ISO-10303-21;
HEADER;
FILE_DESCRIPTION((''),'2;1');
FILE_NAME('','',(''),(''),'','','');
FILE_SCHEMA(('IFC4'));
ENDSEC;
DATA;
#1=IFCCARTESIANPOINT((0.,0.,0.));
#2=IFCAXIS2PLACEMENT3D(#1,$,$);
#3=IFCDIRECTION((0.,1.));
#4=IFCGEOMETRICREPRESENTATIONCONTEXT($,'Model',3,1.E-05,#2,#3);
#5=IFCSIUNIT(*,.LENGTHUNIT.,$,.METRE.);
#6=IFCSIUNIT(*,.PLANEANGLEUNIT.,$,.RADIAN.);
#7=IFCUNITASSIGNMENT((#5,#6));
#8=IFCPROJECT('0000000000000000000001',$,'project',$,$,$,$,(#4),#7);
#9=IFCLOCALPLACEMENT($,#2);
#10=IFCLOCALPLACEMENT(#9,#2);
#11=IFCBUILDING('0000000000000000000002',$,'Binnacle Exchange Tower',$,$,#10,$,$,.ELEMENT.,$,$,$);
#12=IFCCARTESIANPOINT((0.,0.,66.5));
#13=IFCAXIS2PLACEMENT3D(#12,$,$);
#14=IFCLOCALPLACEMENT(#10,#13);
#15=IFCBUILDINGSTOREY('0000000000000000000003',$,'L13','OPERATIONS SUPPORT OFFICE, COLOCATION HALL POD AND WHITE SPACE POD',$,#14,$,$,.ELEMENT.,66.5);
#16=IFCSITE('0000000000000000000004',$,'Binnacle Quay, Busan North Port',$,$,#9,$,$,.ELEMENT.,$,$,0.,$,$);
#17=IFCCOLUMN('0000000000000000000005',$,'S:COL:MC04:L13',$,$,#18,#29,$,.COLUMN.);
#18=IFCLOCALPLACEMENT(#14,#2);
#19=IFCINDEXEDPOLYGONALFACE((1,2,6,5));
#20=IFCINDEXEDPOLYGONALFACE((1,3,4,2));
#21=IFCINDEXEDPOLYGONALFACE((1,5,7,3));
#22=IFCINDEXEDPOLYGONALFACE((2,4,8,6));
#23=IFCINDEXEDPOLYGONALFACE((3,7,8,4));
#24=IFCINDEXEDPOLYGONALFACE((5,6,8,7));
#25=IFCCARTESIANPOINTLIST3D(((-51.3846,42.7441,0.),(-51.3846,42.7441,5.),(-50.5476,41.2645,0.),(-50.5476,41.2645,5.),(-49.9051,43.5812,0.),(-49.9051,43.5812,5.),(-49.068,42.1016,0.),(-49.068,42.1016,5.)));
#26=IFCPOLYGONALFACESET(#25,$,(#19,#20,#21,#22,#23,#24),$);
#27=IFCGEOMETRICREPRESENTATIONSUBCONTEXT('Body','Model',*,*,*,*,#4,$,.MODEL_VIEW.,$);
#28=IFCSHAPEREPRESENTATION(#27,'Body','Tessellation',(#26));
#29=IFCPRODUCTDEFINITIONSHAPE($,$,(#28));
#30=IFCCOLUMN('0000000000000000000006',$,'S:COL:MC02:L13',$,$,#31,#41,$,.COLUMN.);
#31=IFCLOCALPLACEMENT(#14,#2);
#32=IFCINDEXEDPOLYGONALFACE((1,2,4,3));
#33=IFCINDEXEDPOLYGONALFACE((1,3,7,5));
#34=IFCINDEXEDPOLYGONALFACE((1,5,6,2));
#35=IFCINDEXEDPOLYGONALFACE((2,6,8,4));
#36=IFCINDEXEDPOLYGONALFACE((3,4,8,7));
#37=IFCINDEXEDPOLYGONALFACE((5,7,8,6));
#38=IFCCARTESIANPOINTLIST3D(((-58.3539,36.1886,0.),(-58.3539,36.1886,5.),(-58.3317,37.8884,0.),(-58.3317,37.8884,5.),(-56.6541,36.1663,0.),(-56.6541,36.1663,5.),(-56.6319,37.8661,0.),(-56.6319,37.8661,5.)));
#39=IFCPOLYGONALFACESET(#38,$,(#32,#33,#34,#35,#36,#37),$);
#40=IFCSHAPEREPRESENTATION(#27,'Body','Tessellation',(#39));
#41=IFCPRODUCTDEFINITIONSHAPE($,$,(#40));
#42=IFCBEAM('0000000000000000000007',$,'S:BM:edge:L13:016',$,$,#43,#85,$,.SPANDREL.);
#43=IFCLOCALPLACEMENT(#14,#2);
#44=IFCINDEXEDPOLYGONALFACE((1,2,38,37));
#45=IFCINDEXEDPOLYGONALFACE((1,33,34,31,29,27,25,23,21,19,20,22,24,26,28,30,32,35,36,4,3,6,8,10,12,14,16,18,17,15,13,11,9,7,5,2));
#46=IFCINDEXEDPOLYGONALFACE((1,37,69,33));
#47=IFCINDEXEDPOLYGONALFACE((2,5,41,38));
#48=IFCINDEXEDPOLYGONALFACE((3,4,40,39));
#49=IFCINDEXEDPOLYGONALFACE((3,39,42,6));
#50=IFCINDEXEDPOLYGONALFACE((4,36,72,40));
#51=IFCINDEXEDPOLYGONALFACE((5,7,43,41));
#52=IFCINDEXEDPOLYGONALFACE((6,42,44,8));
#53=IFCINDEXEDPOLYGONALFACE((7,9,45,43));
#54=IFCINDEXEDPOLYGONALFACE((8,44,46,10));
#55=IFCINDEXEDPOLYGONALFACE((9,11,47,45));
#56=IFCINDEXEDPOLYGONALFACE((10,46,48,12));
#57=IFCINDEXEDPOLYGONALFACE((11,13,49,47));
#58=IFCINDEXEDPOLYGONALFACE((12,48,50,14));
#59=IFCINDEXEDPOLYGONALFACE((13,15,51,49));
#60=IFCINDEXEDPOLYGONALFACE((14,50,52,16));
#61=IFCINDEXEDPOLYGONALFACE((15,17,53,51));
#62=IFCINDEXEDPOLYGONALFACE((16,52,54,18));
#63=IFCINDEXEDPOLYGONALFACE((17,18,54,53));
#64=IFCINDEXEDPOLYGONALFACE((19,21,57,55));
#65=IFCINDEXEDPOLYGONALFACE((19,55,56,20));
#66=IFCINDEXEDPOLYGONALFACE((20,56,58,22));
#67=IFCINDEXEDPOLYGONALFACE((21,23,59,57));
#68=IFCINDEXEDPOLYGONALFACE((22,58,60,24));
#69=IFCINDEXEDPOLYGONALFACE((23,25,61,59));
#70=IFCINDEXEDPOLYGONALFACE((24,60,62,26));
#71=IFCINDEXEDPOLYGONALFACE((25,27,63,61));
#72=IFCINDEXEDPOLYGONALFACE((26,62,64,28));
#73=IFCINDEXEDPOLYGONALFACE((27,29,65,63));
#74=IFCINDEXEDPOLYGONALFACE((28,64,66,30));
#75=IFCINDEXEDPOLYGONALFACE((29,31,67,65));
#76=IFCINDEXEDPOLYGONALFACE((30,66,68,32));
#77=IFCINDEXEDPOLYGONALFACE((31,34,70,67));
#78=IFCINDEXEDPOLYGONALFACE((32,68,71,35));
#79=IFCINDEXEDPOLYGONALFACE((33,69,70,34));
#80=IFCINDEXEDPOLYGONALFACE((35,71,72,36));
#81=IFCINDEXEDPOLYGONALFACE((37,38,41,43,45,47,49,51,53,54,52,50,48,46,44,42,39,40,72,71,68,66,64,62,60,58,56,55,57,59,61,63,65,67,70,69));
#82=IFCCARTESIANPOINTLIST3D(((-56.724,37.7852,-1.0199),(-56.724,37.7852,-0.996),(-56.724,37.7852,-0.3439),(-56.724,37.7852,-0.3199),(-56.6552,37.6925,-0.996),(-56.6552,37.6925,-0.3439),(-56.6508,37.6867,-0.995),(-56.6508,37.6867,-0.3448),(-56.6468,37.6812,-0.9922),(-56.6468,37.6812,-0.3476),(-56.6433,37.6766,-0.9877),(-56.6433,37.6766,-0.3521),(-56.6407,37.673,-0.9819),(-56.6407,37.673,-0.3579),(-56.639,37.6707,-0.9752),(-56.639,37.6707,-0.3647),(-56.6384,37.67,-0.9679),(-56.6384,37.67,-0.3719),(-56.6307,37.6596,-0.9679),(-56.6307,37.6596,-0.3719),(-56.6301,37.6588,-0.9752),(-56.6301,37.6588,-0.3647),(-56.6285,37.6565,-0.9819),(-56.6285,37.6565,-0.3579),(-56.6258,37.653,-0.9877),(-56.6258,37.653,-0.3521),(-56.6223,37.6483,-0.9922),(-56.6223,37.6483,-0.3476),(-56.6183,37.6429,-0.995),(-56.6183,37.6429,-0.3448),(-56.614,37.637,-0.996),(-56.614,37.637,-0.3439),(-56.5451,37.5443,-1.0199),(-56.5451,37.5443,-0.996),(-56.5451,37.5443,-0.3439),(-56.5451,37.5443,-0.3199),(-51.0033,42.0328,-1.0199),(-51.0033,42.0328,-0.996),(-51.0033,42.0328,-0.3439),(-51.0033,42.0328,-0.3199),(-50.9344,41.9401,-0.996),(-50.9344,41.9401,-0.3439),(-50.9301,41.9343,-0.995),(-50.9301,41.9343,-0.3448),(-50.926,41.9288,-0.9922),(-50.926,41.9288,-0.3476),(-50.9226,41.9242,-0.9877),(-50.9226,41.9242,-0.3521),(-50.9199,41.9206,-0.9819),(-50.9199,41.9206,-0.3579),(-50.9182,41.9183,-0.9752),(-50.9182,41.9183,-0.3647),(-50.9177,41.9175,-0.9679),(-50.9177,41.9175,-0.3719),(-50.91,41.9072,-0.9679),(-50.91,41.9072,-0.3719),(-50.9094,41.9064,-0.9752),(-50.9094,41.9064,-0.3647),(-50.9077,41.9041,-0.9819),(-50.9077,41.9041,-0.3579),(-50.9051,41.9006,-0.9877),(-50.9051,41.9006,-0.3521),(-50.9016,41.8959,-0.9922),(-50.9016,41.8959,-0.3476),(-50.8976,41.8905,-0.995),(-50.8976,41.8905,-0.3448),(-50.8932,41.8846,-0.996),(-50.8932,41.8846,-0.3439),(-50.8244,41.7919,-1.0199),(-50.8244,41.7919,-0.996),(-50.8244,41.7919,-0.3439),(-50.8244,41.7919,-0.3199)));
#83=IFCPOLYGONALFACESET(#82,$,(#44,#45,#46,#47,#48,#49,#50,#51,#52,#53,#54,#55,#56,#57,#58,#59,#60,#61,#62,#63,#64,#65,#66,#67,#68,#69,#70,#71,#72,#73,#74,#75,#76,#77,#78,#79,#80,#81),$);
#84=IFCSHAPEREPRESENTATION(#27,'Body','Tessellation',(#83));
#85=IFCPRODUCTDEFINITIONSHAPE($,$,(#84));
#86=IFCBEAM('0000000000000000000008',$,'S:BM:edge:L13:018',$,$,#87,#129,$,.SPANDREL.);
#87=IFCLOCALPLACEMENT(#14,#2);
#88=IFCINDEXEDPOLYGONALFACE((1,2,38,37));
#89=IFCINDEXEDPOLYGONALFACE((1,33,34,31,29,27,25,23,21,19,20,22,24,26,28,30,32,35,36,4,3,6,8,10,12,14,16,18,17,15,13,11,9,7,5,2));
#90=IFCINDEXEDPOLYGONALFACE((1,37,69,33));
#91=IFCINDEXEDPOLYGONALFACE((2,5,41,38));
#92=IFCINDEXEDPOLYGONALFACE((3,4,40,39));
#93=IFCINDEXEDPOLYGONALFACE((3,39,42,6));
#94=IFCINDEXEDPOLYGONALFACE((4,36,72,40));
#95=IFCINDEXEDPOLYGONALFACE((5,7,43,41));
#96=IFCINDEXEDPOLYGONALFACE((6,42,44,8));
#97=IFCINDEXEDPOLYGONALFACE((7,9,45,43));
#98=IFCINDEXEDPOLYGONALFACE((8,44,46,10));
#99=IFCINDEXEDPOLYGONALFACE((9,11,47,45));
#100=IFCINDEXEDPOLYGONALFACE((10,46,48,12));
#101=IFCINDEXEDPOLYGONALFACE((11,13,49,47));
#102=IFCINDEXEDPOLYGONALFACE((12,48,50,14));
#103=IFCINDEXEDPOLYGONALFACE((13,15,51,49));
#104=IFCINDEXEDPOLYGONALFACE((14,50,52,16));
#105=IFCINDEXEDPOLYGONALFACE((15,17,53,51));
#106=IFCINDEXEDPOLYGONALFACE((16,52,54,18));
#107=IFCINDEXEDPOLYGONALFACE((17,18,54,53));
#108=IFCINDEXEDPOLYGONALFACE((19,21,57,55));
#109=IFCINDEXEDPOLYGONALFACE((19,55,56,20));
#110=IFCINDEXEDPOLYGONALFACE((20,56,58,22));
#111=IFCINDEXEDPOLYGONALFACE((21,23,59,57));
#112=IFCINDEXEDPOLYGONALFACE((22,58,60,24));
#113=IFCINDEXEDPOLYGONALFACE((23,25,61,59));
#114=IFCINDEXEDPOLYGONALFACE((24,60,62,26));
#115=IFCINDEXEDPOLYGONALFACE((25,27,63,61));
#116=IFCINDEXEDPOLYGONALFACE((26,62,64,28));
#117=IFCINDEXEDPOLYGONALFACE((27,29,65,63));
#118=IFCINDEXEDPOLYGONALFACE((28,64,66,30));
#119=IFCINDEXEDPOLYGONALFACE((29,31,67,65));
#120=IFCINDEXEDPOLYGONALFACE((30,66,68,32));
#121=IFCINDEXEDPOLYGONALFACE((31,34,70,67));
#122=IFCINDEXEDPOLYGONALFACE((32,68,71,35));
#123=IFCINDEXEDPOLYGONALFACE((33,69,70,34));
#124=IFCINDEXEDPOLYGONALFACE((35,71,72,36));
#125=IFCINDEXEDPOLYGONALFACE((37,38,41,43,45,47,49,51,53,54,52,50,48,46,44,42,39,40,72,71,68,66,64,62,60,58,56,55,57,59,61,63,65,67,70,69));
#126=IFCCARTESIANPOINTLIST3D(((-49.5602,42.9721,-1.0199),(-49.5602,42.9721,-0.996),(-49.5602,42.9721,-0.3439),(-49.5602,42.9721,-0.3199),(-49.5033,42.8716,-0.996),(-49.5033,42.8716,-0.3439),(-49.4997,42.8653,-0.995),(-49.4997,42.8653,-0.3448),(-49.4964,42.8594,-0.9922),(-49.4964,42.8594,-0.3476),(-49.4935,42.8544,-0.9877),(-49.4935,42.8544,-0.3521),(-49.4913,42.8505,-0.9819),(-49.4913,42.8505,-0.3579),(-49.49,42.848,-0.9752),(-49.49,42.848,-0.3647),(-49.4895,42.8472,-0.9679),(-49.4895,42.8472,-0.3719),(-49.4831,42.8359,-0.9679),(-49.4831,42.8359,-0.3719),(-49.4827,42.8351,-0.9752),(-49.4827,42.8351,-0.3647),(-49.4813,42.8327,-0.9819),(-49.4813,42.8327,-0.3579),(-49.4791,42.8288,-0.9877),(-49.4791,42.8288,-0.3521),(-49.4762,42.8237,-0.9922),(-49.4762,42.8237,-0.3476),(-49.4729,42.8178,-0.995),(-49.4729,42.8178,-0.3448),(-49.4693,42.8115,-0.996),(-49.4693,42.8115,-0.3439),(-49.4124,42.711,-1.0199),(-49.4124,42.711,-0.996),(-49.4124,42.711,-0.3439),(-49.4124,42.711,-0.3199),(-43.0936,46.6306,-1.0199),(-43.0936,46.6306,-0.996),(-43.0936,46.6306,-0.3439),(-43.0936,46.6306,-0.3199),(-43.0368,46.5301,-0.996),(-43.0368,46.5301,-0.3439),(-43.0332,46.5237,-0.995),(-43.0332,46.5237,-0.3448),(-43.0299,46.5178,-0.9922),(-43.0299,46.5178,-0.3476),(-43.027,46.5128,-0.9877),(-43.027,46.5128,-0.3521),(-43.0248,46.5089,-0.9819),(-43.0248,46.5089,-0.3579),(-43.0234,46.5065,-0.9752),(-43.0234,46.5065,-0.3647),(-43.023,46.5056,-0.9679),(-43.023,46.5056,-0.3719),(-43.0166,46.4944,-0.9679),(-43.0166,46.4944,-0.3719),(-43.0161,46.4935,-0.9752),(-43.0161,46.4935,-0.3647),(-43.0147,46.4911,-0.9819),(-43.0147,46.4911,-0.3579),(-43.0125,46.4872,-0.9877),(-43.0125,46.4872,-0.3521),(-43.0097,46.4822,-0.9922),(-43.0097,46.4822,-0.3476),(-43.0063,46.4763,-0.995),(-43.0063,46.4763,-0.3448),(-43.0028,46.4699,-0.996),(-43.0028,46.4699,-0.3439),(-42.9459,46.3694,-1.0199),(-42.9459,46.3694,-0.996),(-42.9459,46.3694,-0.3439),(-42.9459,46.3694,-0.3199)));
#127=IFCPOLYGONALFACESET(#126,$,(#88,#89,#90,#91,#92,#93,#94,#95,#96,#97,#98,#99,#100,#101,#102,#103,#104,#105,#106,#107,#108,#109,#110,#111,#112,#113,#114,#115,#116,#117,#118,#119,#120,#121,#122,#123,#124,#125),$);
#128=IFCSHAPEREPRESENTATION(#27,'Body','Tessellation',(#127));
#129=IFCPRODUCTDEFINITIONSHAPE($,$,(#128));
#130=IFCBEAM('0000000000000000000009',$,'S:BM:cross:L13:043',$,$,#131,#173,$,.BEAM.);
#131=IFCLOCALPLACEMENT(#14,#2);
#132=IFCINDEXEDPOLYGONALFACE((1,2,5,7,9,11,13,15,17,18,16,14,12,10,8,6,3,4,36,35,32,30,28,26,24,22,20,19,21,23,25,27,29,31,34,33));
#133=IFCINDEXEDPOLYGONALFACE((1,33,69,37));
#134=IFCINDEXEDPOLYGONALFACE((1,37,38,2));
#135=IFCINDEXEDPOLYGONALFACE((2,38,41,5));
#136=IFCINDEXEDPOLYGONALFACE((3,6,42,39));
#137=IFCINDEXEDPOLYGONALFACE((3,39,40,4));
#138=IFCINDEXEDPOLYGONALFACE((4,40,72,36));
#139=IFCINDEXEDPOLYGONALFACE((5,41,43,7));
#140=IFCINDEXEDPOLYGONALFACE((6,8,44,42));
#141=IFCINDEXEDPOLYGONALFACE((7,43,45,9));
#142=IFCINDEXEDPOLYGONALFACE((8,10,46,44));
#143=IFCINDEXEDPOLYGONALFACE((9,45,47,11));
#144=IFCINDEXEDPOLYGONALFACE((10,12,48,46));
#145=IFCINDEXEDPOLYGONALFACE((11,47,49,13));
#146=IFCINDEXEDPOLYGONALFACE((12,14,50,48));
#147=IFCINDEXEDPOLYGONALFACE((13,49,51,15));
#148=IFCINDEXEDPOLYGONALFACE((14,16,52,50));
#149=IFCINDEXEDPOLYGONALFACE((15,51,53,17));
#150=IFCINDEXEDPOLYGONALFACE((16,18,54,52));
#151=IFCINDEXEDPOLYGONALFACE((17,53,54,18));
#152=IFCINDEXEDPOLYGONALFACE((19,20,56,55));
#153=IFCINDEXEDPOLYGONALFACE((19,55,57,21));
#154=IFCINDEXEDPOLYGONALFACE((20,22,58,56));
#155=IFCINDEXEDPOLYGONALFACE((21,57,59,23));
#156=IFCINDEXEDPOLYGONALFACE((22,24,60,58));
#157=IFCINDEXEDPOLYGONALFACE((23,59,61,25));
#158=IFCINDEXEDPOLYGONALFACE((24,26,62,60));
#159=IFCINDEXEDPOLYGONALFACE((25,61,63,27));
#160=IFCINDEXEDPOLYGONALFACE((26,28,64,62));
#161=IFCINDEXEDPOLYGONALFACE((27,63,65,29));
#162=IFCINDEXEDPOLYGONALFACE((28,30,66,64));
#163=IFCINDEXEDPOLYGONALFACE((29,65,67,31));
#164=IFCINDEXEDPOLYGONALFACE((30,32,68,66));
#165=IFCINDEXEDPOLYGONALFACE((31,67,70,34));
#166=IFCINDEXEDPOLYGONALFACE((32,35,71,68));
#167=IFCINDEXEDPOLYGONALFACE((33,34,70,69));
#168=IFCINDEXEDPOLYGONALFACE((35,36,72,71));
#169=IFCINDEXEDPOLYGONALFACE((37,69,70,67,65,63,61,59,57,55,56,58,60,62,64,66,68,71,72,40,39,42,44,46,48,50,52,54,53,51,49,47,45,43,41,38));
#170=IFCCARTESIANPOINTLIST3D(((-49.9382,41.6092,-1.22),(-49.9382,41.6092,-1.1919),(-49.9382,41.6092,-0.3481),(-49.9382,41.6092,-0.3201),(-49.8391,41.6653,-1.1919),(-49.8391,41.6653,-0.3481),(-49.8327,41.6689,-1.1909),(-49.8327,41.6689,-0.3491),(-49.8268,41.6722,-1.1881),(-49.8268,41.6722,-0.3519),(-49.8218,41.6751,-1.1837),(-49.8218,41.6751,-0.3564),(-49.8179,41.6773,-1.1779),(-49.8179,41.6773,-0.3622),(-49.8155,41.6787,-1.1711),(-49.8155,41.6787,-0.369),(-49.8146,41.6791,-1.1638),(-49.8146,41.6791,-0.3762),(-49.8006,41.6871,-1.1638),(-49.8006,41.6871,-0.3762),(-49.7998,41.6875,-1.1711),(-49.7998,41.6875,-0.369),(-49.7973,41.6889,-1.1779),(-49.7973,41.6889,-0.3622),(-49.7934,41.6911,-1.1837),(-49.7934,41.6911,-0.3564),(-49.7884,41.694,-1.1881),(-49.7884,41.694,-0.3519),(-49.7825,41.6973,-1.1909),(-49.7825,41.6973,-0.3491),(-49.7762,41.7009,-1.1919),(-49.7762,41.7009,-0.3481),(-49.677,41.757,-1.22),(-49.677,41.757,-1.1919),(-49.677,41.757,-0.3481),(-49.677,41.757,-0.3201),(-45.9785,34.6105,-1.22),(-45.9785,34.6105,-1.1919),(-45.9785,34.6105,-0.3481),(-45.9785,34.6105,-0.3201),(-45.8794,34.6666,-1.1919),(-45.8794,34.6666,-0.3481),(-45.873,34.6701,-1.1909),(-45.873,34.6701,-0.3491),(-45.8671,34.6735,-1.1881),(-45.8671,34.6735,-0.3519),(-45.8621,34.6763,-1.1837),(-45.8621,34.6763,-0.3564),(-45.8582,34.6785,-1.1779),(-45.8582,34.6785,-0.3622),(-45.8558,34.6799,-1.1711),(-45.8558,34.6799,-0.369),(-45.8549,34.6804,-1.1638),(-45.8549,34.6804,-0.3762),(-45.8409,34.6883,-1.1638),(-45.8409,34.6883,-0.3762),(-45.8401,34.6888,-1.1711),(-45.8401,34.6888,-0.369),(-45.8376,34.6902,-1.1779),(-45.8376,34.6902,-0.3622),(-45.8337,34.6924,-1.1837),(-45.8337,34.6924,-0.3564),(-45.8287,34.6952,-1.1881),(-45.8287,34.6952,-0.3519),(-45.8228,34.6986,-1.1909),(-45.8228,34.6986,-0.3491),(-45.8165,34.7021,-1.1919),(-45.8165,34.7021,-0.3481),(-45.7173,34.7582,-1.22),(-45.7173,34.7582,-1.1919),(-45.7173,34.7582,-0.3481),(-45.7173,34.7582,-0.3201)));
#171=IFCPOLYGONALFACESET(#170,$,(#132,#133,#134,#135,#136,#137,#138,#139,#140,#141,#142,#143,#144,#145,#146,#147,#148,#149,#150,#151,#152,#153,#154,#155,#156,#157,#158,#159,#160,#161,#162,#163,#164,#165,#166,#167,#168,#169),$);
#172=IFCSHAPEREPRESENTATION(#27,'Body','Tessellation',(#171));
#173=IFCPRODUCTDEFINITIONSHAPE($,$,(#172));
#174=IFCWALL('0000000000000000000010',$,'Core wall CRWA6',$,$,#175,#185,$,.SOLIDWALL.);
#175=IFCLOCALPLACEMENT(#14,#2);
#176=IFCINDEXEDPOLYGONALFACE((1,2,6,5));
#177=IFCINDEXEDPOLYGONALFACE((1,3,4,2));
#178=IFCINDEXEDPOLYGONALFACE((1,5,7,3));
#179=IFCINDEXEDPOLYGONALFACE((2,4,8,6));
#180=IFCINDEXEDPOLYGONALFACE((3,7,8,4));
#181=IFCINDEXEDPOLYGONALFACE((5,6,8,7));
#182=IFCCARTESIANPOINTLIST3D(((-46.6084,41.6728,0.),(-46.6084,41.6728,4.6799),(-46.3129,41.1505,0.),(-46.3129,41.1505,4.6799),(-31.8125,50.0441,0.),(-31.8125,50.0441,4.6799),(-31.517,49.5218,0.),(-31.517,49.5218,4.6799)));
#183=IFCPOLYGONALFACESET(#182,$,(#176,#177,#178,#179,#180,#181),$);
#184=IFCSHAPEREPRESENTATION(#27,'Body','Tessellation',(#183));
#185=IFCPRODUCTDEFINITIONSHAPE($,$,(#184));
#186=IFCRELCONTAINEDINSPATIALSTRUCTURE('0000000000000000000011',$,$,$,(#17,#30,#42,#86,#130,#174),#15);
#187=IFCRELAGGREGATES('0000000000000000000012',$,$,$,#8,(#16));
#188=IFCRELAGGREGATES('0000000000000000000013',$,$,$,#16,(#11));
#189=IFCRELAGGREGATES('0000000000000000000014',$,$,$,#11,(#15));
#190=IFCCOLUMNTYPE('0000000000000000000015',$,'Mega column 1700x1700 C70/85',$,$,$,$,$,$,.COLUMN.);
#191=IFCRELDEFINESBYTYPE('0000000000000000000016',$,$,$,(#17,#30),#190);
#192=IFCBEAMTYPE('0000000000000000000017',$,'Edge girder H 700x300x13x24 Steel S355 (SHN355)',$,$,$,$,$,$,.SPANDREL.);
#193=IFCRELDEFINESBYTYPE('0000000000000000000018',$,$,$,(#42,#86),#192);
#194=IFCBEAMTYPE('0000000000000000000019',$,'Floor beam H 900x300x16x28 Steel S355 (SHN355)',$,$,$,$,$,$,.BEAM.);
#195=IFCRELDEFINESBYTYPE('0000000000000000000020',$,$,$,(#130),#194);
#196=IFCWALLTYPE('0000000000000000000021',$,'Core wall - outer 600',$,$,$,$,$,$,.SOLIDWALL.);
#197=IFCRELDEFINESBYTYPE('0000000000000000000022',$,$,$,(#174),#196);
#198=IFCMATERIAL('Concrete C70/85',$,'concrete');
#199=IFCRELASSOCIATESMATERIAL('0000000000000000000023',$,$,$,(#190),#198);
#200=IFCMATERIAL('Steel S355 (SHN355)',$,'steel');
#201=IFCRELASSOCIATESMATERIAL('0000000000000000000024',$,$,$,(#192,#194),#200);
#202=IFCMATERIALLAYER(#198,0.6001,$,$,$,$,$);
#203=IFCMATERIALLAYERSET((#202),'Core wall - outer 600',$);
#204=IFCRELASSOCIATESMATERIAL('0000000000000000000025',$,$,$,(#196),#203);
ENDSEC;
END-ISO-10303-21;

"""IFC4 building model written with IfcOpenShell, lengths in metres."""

from ifc_helpers import new_model, si_unit, direction, frame, frame_2d, origin, origin_2d, place, context, subcontext, project, spatial, rectangle, i_section, extrude, material, layer, layer_set, material_profile, profile_set, type_object, element, save


model = new_model("IFC4")

# Units and contexts
model_context = context("Model", 3, precision=1e-05, world=origin(), true_north=direction((0.0, 1.0)))
body_context = subcontext(model_context, "Body", "Model", "MODEL_VIEW")
ifc_project = project(units=[si_unit("LENGTHUNIT", "METRE"), si_unit("PLANEANGLEUNIT", "RADIAN")], contexts=[model_context])

# Site, building, storey
site_placement = place(None, origin())
site = spatial("IfcSite", under=ifc_project, at=site_placement, Name="Binnacle Quay, Busan North Port", CompositionType="ELEMENT", RefElevation=0.0)
building_placement = place(site_placement, origin())
building = spatial("IfcBuilding", under=site, at=building_placement, Name="Binnacle Exchange Tower", CompositionType="ELEMENT")
storey_placement = place(building_placement, frame((0.0, 0.0, 66.5)))
storey = spatial("IfcBuildingStorey", under=building, at=storey_placement, Name="L13", Description="OPERATIONS SUPPORT OFFICE, COLOCATION HALL POD AND WHITE SPACE POD", CompositionType="ELEMENT", Elevation=66.5)

# Columns
ifc_material_1 = material(Name="Concrete C70/85", Category="concrete")
ifc_material_profile_1 = material_profile(ifc_material_1, rectangle(XDim=1.7, YDim=1.7, at=origin_2d()), Name="Mega column 1700x1700 C70/85")
ifc_profile_set_1 = profile_set([ifc_material_profile_1], Name="Concrete C70/85")
column_type = type_object("IfcColumnType", Name="Mega column 1700x1700 C70/85", PredefinedType="COLUMN", material=ifc_profile_set_1)
for number, where, z_axis, x_axis, name in (
    (1, (-50.2263, 42.4229, 0.0), (0.0, 0.0, 1.0), (-0.870356, -0.492424, 0.0), "S:COL:MC04:L13"),
    (2, (-57.4929, 37.0273, 0.0), (0.0, 0.0, 1.0), (-0.01309, -0.999914, 0.0), "S:COL:MC02:L13"),
):
    element("IfcColumn", number, at=place(storey_placement, frame(where, z_axis=z_axis, x_axis=x_axis)), inside=storey, type_object=column_type, Name=name, PredefinedType="COLUMN", context=body_context, shape_type="SweptSolid", body=[
        extrude(rectangle(XDim=1.7, YDim=1.7, at=origin_2d()), origin(), (0.0, 0.0, 1.0), 5.0),
    ])

# Beams
ifc_material_2 = material(Name="Steel S355 (SHN355)", Category="steel")
ifc_material_profile_2 = material_profile(ifc_material_2, i_section(OverallWidth=0.3, OverallDepth=0.7, WebThickness=0.0129, FlangeThickness=0.0239, FilletRadius=0.0281, at=origin_2d()), Name="H 700x300x13x24")
ifc_profile_set_2 = profile_set([ifc_material_profile_2], Name="Steel S355 (SHN355)")
beam_type_1 = type_object("IfcBeamType", Name="Edge girder H 700x300x13x24 Steel S355 (SHN355)", PredefinedType="SPANDREL", material=ifc_profile_set_2)
beam_1_placement = place(storey_placement, frame((-50.9138, 41.9124, -0.6699), z_axis=(-0.802885, -0.596133, 0.0), x_axis=(0.596133, -0.802885, 0.0)))
element("IfcBeam", 3, at=beam_1_placement, inside=storey, type_object=beam_type_1, Name="S:BM:edge:L13:016", PredefinedType="SPANDREL", context=body_context, shape_type="SweptSolid", body=[
    extrude(i_section(OverallWidth=0.3, OverallDepth=0.7, WebThickness=0.0129, FlangeThickness=0.0239, FilletRadius=0.0281, at=origin_2d()), origin(), (0.0, 0.0, 1.0), 7.1252),
])
beam_2_placement = place(storey_placement, frame((-43.0198, 46.5, -0.6699), z_axis=(-0.870364, -0.492408, 0.0), x_axis=(0.492408, -0.870364, 0.0)))
element("IfcBeam", 4, at=beam_2_placement, inside=storey, type_object=beam_type_1, Name="S:BM:edge:L13:018", PredefinedType="SPANDREL", context=body_context, shape_type="SweptSolid", body=[
    extrude(i_section(OverallWidth=0.3, OverallDepth=0.7, WebThickness=0.0129, FlangeThickness=0.0239, FilletRadius=0.0281, at=origin_2d()), origin(), (0.0, 0.0, 1.0), 7.4297),
])
ifc_material_profile_3 = material_profile(ifc_material_2, i_section(OverallWidth=0.3, OverallDepth=0.8999, WebThickness=0.0161, FlangeThickness=0.0281, FilletRadius=0.0281, at=origin_2d()), Name="H 900x300x16x28")
ifc_profile_set_3 = profile_set([ifc_material_profile_3], Name="Steel S355 (SHN355)")
beam_type_2 = type_object("IfcBeamType", Name="Floor beam H 900x300x16x28 Steel S355 (SHN355)", PredefinedType="BEAM", material=ifc_profile_set_3)
beam_3_placement = place(storey_placement, frame((-49.8076, 41.6831, -0.77), z_axis=(0.492423, -0.870356, 0.0), x_axis=(0.870356, 0.492423, 0.0)))
element("IfcBeam", 5, at=beam_3_placement, inside=storey, type_object=beam_type_2, Name="S:BM:cross:L13:043", PredefinedType="BEAM", context=body_context, shape_type="SweptSolid", body=[
    extrude(i_section(OverallWidth=0.3, OverallDepth=0.8999, WebThickness=0.0161, FlangeThickness=0.0281, FilletRadius=0.0281, at=origin_2d()), origin(), (0.0, 0.0, 1.0), 8.0413),
])

# Wall
ifc_layer_1 = layer(ifc_material_1, 0.6001)
ifc_layer_set_1 = layer_set([ifc_layer_1], Name="Core wall - outer 600")
wall_type_1 = type_object("IfcWallType", Name="Core wall - outer 600", PredefinedType="SOLIDWALL", material=ifc_layer_set_1)
wall_1_placement = place(storey_placement, frame((-46.4607, 41.4116, 0.0), z_axis=(0.0, 0.0, 1.0), x_axis=(0.87035, 0.492433, 0.0)))
element("IfcWall", 6, at=wall_1_placement, inside=storey, type_object=wall_type_1, Name="Core wall CRWA6", PredefinedType="SOLIDWALL", context=body_context, shape_type="SweptSolid", body=[
    extrude(rectangle(XDim=17.0, YDim=0.6001, at=frame_2d((8.5, 0.0))), origin(), (0.0, 0.0, 1.0), 4.6799),
])

save(model, "model.ifc")
